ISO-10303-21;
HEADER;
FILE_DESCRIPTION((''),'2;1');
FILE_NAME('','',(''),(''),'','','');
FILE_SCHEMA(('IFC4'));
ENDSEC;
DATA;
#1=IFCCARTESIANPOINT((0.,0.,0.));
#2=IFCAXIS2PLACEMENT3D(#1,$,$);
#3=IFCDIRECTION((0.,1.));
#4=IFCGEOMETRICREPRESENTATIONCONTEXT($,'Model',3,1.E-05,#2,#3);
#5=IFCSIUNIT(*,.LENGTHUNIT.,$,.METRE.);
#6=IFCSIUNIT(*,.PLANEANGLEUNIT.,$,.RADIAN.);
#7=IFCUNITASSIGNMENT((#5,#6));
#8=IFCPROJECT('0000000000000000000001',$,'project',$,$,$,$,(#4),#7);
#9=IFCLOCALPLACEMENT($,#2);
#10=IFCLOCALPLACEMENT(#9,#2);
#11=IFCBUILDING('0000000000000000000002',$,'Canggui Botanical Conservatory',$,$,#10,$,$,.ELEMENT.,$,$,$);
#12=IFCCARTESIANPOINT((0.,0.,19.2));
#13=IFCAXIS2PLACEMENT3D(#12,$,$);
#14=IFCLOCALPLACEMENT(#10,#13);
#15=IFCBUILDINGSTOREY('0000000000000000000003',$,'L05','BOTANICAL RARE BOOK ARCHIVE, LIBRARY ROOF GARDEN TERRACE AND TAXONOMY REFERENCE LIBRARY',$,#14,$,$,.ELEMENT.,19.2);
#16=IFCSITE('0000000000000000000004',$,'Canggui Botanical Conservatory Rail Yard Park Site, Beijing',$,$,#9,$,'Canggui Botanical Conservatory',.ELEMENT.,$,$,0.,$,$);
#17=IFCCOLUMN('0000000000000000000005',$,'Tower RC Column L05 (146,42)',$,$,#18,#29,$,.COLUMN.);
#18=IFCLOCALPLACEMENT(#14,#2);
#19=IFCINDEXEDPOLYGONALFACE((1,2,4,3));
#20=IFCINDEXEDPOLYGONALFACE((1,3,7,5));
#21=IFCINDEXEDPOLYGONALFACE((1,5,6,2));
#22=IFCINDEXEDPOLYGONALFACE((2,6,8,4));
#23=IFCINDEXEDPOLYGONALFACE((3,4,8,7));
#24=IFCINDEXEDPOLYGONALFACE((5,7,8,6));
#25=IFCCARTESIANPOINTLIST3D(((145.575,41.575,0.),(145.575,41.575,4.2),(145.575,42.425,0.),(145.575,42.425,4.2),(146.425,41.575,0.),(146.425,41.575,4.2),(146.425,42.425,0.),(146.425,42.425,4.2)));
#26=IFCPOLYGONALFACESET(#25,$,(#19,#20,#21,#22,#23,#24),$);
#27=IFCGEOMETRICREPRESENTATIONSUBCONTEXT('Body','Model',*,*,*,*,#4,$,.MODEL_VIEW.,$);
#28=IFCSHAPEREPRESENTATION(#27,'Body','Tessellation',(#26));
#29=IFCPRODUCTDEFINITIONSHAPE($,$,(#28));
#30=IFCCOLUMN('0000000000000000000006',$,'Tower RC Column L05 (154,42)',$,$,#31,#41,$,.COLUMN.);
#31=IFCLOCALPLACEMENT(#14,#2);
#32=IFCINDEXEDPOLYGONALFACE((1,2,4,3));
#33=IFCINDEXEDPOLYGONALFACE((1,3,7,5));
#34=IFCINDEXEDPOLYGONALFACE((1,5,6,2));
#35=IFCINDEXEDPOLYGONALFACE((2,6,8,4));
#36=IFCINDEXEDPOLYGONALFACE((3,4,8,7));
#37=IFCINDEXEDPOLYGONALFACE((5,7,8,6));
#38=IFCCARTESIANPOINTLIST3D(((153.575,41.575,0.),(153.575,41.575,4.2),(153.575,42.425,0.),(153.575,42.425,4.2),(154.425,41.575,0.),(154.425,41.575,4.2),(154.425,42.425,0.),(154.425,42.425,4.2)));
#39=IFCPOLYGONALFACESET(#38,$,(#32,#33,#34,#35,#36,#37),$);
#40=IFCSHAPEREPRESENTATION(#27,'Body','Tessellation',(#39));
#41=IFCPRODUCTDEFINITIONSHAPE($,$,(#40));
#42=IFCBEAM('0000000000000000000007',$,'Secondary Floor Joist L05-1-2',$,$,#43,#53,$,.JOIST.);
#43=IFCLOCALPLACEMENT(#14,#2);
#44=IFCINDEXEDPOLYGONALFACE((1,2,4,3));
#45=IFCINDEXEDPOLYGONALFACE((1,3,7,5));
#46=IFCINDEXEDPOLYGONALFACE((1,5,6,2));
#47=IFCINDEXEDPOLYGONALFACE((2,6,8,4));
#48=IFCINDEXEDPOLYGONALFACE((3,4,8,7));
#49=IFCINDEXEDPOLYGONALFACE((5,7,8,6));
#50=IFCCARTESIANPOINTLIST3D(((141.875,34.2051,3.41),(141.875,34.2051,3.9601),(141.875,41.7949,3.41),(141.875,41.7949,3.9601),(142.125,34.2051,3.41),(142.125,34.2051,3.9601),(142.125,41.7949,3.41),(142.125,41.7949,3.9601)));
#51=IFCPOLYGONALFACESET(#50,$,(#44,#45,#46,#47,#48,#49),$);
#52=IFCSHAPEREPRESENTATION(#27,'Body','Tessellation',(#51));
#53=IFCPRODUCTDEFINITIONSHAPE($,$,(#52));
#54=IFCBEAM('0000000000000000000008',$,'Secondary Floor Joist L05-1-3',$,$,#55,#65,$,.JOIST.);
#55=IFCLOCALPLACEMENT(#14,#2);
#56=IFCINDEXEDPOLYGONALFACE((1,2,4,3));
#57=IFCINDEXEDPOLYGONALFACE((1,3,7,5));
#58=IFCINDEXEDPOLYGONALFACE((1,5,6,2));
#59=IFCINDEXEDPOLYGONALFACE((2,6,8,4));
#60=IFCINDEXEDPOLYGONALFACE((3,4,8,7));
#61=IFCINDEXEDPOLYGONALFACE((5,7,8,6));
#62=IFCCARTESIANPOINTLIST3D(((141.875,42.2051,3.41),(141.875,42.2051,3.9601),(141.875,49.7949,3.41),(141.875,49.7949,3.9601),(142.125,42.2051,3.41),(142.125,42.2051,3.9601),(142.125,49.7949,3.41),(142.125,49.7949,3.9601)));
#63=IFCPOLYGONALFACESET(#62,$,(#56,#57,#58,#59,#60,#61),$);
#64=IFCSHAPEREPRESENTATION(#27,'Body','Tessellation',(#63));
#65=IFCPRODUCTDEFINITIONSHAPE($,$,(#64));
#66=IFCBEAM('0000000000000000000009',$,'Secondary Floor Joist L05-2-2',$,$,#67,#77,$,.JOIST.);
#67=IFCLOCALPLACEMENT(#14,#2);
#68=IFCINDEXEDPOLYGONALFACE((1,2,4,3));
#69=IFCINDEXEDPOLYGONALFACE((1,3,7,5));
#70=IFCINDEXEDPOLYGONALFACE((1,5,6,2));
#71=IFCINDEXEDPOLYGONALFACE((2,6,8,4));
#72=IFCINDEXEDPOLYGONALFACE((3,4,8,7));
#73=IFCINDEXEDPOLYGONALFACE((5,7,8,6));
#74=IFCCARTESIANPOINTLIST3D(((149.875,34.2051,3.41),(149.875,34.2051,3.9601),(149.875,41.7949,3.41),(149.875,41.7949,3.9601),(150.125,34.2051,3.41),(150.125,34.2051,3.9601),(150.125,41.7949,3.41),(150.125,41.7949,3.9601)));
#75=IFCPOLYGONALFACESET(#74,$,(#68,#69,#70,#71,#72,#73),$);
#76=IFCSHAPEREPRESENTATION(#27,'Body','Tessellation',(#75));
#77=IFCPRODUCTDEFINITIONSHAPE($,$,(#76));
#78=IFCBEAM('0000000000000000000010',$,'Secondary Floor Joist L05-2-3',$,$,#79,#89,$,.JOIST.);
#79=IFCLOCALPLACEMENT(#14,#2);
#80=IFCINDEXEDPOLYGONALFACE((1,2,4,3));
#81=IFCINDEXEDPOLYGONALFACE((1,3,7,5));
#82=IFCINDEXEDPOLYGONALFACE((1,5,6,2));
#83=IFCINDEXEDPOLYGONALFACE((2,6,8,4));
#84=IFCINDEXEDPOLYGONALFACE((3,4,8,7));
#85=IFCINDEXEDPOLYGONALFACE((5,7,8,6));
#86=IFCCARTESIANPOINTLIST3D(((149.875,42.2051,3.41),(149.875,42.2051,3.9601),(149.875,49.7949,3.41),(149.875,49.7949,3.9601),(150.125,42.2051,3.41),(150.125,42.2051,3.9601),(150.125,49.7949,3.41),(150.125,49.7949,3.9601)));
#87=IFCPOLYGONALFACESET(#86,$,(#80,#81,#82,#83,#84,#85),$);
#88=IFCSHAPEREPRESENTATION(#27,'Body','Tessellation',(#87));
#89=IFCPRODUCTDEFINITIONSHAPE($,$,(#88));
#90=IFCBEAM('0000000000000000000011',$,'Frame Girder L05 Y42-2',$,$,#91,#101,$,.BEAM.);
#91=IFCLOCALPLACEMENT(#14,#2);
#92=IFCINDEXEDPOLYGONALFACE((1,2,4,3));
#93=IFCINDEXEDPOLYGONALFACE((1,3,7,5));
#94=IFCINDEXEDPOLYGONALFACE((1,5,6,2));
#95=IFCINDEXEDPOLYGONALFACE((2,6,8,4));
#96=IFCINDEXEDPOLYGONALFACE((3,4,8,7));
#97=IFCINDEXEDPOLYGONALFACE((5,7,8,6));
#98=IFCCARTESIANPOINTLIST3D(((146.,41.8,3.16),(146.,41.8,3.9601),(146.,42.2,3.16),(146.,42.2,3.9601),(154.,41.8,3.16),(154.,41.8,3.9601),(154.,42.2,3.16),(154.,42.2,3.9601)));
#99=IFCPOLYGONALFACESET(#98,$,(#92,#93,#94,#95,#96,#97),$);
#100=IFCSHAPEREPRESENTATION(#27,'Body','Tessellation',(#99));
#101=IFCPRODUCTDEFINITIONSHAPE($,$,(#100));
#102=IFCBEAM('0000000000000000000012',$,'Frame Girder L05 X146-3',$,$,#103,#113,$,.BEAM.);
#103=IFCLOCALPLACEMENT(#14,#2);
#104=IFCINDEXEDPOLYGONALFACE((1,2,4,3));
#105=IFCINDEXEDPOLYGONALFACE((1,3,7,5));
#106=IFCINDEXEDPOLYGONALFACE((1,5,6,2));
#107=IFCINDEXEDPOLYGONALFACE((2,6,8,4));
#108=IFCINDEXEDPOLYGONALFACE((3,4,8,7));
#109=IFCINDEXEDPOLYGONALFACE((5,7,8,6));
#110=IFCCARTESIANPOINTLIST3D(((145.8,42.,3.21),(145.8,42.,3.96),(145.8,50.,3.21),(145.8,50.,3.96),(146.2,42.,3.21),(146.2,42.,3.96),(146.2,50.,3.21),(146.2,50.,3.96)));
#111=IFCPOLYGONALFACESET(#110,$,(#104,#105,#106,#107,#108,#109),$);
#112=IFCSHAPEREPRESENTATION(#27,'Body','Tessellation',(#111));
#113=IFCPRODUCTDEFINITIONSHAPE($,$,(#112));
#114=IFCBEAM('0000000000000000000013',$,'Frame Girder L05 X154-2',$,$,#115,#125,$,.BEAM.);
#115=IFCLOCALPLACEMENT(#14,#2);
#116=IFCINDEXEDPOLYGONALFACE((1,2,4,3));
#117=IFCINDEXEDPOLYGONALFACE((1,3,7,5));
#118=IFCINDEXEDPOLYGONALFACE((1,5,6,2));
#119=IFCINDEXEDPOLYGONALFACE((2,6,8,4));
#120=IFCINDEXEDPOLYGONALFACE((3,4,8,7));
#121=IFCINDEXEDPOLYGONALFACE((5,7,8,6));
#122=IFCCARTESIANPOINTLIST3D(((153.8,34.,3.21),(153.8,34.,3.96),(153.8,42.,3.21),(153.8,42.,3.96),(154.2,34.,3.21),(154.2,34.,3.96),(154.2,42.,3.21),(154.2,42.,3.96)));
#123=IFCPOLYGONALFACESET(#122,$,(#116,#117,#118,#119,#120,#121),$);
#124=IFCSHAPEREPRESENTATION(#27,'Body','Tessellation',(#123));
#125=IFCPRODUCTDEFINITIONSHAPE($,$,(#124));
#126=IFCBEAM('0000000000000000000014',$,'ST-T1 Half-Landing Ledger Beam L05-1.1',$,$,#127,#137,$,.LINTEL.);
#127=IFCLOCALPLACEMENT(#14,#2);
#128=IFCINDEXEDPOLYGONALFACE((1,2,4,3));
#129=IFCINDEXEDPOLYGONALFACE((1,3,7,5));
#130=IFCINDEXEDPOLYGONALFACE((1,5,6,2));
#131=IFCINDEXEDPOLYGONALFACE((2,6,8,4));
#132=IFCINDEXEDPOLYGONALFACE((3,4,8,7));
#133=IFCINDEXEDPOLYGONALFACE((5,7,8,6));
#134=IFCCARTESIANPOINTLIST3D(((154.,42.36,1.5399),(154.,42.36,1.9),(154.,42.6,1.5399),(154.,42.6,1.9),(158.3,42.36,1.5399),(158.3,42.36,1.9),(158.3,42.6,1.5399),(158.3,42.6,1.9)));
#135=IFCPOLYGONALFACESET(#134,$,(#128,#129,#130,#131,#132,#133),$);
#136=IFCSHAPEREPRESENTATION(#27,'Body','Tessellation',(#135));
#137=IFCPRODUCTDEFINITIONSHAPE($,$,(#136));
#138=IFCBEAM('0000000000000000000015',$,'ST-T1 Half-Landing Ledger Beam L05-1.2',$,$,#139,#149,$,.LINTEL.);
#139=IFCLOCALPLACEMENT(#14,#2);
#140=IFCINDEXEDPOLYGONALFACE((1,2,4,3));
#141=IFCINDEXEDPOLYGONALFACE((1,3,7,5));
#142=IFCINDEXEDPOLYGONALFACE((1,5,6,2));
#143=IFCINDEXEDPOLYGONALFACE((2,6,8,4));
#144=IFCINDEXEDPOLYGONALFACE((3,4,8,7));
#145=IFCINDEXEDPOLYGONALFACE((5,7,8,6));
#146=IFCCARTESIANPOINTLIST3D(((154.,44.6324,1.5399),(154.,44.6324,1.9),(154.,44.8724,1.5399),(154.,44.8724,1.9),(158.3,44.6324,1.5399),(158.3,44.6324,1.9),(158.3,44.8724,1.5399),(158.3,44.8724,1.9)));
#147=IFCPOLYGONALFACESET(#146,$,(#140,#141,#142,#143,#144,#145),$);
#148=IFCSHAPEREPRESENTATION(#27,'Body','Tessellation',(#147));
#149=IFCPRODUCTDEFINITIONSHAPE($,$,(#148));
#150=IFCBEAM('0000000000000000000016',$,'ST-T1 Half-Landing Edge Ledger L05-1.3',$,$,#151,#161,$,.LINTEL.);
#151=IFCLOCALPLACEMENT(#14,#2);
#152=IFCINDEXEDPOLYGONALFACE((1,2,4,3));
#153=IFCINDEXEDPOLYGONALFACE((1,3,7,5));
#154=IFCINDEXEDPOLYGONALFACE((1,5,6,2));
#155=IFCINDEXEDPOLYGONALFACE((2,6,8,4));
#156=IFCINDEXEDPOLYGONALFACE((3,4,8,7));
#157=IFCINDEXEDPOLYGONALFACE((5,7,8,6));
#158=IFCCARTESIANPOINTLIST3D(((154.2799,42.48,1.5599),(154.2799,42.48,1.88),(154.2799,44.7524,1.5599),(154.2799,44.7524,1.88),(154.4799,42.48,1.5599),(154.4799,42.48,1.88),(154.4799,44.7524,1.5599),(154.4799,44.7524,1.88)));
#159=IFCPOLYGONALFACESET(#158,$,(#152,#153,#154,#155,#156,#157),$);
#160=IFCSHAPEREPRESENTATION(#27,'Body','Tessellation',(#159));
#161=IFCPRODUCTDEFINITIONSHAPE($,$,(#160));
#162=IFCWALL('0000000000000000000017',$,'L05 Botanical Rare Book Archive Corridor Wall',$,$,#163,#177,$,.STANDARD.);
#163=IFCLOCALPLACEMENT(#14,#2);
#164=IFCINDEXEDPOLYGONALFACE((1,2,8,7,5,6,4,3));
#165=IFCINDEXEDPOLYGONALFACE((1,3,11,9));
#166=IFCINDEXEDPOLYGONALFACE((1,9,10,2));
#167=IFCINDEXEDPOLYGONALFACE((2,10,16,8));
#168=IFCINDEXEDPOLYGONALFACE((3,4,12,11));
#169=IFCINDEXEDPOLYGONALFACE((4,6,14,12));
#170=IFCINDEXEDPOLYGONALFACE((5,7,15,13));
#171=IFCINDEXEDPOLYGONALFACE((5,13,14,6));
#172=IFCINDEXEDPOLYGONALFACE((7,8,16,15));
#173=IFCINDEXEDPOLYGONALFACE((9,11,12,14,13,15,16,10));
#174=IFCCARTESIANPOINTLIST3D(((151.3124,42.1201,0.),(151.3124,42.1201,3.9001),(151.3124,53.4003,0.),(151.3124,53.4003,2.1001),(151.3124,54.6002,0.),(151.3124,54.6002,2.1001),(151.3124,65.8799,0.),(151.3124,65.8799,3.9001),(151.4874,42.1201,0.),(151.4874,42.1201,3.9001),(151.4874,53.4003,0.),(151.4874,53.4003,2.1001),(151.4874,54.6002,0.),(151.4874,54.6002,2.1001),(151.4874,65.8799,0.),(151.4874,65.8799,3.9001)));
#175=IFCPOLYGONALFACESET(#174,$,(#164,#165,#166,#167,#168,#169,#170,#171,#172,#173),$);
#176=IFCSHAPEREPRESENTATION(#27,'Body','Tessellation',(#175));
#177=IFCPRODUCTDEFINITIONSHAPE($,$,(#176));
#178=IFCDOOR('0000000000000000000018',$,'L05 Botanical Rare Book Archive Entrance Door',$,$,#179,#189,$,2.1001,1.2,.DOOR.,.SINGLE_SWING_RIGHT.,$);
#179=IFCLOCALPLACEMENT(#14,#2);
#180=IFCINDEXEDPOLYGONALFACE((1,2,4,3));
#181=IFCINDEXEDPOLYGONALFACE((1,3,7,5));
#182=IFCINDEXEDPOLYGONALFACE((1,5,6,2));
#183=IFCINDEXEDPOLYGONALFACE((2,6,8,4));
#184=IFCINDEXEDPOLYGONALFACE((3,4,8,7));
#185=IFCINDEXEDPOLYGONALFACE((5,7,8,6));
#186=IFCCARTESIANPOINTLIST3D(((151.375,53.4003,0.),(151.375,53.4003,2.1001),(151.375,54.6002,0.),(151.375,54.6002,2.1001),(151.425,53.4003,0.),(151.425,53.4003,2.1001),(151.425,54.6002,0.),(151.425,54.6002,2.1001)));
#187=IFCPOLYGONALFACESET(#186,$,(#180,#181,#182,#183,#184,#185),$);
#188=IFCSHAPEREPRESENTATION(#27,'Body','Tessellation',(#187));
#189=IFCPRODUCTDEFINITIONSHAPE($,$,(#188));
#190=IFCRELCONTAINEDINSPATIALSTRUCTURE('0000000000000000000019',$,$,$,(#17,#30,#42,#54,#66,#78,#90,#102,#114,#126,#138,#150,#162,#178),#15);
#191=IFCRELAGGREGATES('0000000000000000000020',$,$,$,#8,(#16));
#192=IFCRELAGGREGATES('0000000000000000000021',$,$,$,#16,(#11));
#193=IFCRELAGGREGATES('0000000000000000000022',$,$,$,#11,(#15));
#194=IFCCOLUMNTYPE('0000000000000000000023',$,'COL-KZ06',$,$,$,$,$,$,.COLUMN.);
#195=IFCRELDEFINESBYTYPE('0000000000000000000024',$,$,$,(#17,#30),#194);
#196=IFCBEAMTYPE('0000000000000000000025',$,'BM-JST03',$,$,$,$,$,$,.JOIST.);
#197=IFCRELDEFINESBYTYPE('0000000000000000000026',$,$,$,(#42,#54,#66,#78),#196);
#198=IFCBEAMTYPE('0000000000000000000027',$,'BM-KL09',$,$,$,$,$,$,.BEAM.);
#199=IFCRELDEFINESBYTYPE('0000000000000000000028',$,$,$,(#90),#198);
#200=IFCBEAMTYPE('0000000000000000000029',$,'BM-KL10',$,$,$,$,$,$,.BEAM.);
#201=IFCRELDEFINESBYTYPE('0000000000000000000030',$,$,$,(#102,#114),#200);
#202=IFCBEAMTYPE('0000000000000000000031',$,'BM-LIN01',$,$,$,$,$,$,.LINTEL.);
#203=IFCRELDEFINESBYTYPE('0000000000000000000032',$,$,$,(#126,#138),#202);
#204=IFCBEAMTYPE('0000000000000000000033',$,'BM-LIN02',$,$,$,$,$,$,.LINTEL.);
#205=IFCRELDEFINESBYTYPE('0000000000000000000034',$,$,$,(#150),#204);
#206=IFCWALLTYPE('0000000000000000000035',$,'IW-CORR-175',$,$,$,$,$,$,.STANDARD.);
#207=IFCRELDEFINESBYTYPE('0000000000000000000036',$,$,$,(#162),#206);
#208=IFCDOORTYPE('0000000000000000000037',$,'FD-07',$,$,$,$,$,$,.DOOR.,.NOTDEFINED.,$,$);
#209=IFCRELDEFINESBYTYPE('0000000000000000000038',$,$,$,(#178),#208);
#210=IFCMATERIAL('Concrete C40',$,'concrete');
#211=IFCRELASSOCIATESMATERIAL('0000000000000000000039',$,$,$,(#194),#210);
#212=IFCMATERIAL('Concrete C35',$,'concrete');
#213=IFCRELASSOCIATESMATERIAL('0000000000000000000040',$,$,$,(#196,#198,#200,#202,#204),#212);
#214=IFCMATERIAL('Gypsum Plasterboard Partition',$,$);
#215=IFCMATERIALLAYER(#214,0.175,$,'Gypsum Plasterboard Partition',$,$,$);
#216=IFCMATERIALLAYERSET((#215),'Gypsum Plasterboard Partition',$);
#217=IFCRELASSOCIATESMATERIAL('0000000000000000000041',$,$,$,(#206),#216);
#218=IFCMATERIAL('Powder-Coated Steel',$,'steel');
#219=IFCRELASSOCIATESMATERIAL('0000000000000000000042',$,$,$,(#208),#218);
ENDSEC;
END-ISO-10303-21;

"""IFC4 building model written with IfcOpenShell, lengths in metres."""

from ifc_helpers import new_model, si_unit, direction, frame, frame_2d, origin, origin_2d, place, context, subcontext, project, spatial, rectangle, extrude, material, layer, layer_set, material_profile, profile_set, type_object, element, fill, save


model = new_model("IFC4")

# Units and contexts
model_context = context("Model", 3, precision=1e-05, world=origin(), true_north=direction((0.0, 1.0)))
body_context = subcontext(model_context, "Body", "Model", "MODEL_VIEW")
ifc_project = project(units=[si_unit("LENGTHUNIT", "METRE"), si_unit("PLANEANGLEUNIT", "RADIAN")], contexts=[model_context])

# Site, building, storey
site_placement = place(None, origin())
site = spatial("IfcSite", under=ifc_project, at=site_placement, Name="Canggui Botanical Conservatory Rail Yard Park Site, Beijing", LongName="Canggui Botanical Conservatory", CompositionType="ELEMENT", RefElevation=0.0)
building_placement = place(site_placement, origin())
building = spatial("IfcBuilding", under=site, at=building_placement, Name="Canggui Botanical Conservatory", CompositionType="ELEMENT")
storey_placement = place(building_placement, frame((0.0, 0.0, 19.2)))
storey = spatial("IfcBuildingStorey", under=building, at=storey_placement, Name="L05", Description="BOTANICAL RARE BOOK ARCHIVE, LIBRARY ROOF GARDEN TERRACE AND TAXONOMY REFERENCE LIBRARY", CompositionType="ELEMENT", Elevation=19.2)

# Columns
ifc_material_1 = material(Name="Concrete C40", Category="concrete")
ifc_material_profile_1 = material_profile(ifc_material_1, rectangle(XDim=0.8501, YDim=0.8501, at=origin_2d()), Name="RC 850x850")
ifc_profile_set_1 = profile_set([ifc_material_profile_1], Name="Concrete C40")
column_type = type_object("IfcColumnType", Name="COL-KZ06", PredefinedType="COLUMN", material=ifc_profile_set_1)
for number, where, z_axis, x_axis, name in (
    (1, (146.0, 42.0, 0.0), (0.0, 0.0, 1.0), (1.0, 0.0, 0.0), "Tower RC Column L05 (146,42)"),
    (2, (154.0, 42.0, 0.0), (0.0, 0.0, 1.0), (1.0, 0.0, 0.0), "Tower RC Column L05 (154,42)"),
):
    element("IfcColumn", number, at=place(storey_placement, frame(where, z_axis=z_axis, x_axis=x_axis)), inside=storey, type_object=column_type, Name=name, PredefinedType="COLUMN", context=body_context, shape_type="SweptSolid", body=[
        extrude(rectangle(XDim=0.8501, YDim=0.8501, at=origin_2d()), origin(), (0.0, 0.0, 1.0), 4.2),
    ])

# Beams
ifc_material_2 = material(Name="Concrete C35", Category="concrete")
ifc_material_profile_2 = material_profile(ifc_material_2, rectangle(XDim=0.25, YDim=0.55, at=origin_2d()), Name="RB 250x550")
ifc_profile_set_2 = profile_set([ifc_material_profile_2], Name="Concrete C35")
beam_type_1 = type_object("IfcBeamType", Name="BM-JST03", PredefinedType="JOIST", material=ifc_profile_set_2)
for number, where, z_axis, x_axis, name in (
    (3, (142.0, 34.2051, 3.6851), (0.0, 1.0, 0.0), (-1.0, 0.0, 0.0), "Secondary Floor Joist L05-1-2"),
    (4, (142.0, 42.2051, 3.6851), (0.0, 1.0, 0.0), (-1.0, 0.0, 0.0), "Secondary Floor Joist L05-1-3"),
    (5, (150.0, 34.2051, 3.6851), (0.0, 1.0, 0.0), (-1.0, 0.0, 0.0), "Secondary Floor Joist L05-2-2"),
    (6, (150.0, 42.2051, 3.6851), (0.0, 1.0, 0.0), (-1.0, 0.0, 0.0), "Secondary Floor Joist L05-2-3"),
):
    element("IfcBeam", number, at=place(storey_placement, frame(where, z_axis=z_axis, x_axis=x_axis)), inside=storey, type_object=beam_type_1, Name=name, PredefinedType="JOIST", context=body_context, shape_type="SweptSolid", body=[
        extrude(rectangle(XDim=0.25, YDim=0.55, at=origin_2d()), origin(), (0.0, 0.0, 1.0), 7.5898),
    ])
ifc_material_profile_3 = material_profile(ifc_material_2, rectangle(XDim=0.3999, YDim=0.8, at=origin_2d()), Name="RB 400x800")
ifc_profile_set_3 = profile_set([ifc_material_profile_3], Name="Concrete C35")
beam_type_2 = type_object("IfcBeamType", Name="BM-KL09", PredefinedType="BEAM", material=ifc_profile_set_3)
beam_1_placement = place(storey_placement, frame((146.0, 42.0, 3.5601), z_axis=(1.0, 0.0, 0.0), x_axis=(0.0, 1.0, 0.0)))
element("IfcBeam", 7, at=beam_1_placement, inside=storey, type_object=beam_type_2, Name="Frame Girder L05 Y42-2", PredefinedType="BEAM", context=body_context, shape_type="SweptSolid", body=[
    extrude(rectangle(XDim=0.3999, YDim=0.8, at=origin_2d()), origin(), (0.0, 0.0, 1.0), 8.0),
])
ifc_material_profile_4 = material_profile(ifc_material_2, rectangle(XDim=0.3999, YDim=0.75, at=origin_2d()), Name="RB 400x750")
ifc_profile_set_4 = profile_set([ifc_material_profile_4], Name="Concrete C35")
beam_type_3 = type_object("IfcBeamType", Name="BM-KL10", PredefinedType="BEAM", material=ifc_profile_set_4)
for number, where, z_axis, x_axis, name in (
    (8, (146.0, 42.0, 3.585), (0.0, 1.0, 0.0), (-1.0, 0.0, 0.0), "Frame Girder L05 X146-3"),
    (9, (154.0, 34.0, 3.585), (0.0, 1.0, 0.0), (-1.0, 0.0, 0.0), "Frame Girder L05 X154-2"),
):
    element("IfcBeam", number, at=place(storey_placement, frame(where, z_axis=z_axis, x_axis=x_axis)), inside=storey, type_object=beam_type_3, Name=name, PredefinedType="BEAM", context=body_context, shape_type="SweptSolid", body=[
        extrude(rectangle(XDim=0.3999, YDim=0.75, at=origin_2d()), origin(), (0.0, 0.0, 1.0), 8.0),
    ])
ifc_material_profile_5 = material_profile(ifc_material_2, rectangle(XDim=0.24, YDim=0.3601, at=origin_2d()), Name="RB 240x360")
ifc_profile_set_5 = profile_set([ifc_material_profile_5], Name="Concrete C35")
beam_type_4 = type_object("IfcBeamType", Name="BM-LIN01", PredefinedType="LINTEL", material=ifc_profile_set_5)
for number, where, z_axis, x_axis, name in (
    (10, (154.0, 42.48, 1.72), (1.0, 0.0, 0.0), (0.0, 1.0, 0.0), "ST-T1 Half-Landing Ledger Beam L05-1.1"),
    (11, (154.0, 44.7524, 1.72), (1.0, 0.0, 0.0), (0.0, 1.0, 0.0), "ST-T1 Half-Landing Ledger Beam L05-1.2"),
):
    element("IfcBeam", number, at=place(storey_placement, frame(where, z_axis=z_axis, x_axis=x_axis)), inside=storey, type_object=beam_type_4, Name=name, PredefinedType="LINTEL", context=body_context, shape_type="SweptSolid", body=[
        extrude(rectangle(XDim=0.24, YDim=0.3601, at=origin_2d()), origin(), (0.0, 0.0, 1.0), 4.3),
    ])
ifc_material_profile_6 = material_profile(ifc_material_2, rectangle(XDim=0.2, YDim=0.3201, at=origin_2d()), Name="RB 200x320")
ifc_profile_set_6 = profile_set([ifc_material_profile_6], Name="Concrete C35")
beam_type_5 = type_object("IfcBeamType", Name="BM-LIN02", PredefinedType="LINTEL", material=ifc_profile_set_6)
beam_2_placement = place(storey_placement, frame((154.3799, 42.48, 1.72), z_axis=(0.0, 1.0, 0.0), x_axis=(-1.0, 0.0, 0.0)))
element("IfcBeam", 12, at=beam_2_placement, inside=storey, type_object=beam_type_5, Name="ST-T1 Half-Landing Edge Ledger L05-1.3", PredefinedType="LINTEL", context=body_context, shape_type="SweptSolid", body=[
    extrude(rectangle(XDim=0.2, YDim=0.3201, at=origin_2d()), origin(), (0.0, 0.0, 1.0), 2.2725),
])

# Wall, opening, door
ifc_material_3 = material(Name="Gypsum Plasterboard Partition")
ifc_layer_1 = layer(ifc_material_3, 0.175, Name="Gypsum Plasterboard Partition")
ifc_layer_set_1 = layer_set([ifc_layer_1], Name="Gypsum Plasterboard Partition")
wall_type_1 = type_object("IfcWallType", Name="IW-CORR-175", PredefinedType="STANDARD", material=ifc_layer_set_1)
wall_1_placement = place(storey_placement, frame((151.3999, 42.1201, 0.0), z_axis=(0.0, 0.0, 1.0), x_axis=(0.0, 1.0, 0.0)))
wall_1 = element("IfcWall", 13, at=wall_1_placement, inside=storey, type_object=wall_type_1, Name="L05 Botanical Rare Book Archive Corridor Wall", PredefinedType="STANDARD", context=body_context, shape_type="SweptSolid", body=[
    extrude(rectangle(XDim=23.7598, YDim=0.175, at=frame_2d((11.8799, 0.0))), origin(), (0.0, 0.0, 1.0), 3.9001),
])
opening_placement = place(wall_1_placement, frame((11.28, 0.0, 0.0)))
opening = element("IfcOpeningElement", 14, at=opening_placement, cuts=wall_1, PredefinedType="OPENING", context=body_context, shape_type="SweptSolid", body=[
    extrude(rectangle(XDim=1.2, YDim=2.1001, at=frame_2d((0.6001, 1.05))), frame((0.0, 0.0977, 0.0), z_axis=(0.0, -1.0, 0.0), x_axis=(1.0, 0.0, 0.0)), (0.0, 0.0, 1.0), 0.1951),
])
ifc_material_4 = material(Name="Powder-Coated Steel", Category="steel")
door_type = type_object("IfcDoorType", Name="FD-07", OperationType="NOTDEFINED", PredefinedType="DOOR", material=ifc_material_4)
door_placement = place(opening_placement, origin())
door = element("IfcDoor", 15, at=door_placement, inside=storey, type_object=door_type, Name="L05 Botanical Rare Book Archive Entrance Door", OperationType="SINGLE_SWING_RIGHT", OverallHeight=2.1001, OverallWidth=1.2, PredefinedType="DOOR", context=body_context, shape_type="SweptSolid", body=[
    extrude(rectangle(XDim=1.2, YDim=2.1001, at=frame_2d((0.6001, 1.05))), frame((0.0, 0.0249, 0.0), z_axis=(0.0, -1.0, 0.0), x_axis=(1.0, 0.0, 0.0)), (0.0, 0.0, 1.0), 0.05),
])
fill(opening, door)

save(model, "model.ifc")
